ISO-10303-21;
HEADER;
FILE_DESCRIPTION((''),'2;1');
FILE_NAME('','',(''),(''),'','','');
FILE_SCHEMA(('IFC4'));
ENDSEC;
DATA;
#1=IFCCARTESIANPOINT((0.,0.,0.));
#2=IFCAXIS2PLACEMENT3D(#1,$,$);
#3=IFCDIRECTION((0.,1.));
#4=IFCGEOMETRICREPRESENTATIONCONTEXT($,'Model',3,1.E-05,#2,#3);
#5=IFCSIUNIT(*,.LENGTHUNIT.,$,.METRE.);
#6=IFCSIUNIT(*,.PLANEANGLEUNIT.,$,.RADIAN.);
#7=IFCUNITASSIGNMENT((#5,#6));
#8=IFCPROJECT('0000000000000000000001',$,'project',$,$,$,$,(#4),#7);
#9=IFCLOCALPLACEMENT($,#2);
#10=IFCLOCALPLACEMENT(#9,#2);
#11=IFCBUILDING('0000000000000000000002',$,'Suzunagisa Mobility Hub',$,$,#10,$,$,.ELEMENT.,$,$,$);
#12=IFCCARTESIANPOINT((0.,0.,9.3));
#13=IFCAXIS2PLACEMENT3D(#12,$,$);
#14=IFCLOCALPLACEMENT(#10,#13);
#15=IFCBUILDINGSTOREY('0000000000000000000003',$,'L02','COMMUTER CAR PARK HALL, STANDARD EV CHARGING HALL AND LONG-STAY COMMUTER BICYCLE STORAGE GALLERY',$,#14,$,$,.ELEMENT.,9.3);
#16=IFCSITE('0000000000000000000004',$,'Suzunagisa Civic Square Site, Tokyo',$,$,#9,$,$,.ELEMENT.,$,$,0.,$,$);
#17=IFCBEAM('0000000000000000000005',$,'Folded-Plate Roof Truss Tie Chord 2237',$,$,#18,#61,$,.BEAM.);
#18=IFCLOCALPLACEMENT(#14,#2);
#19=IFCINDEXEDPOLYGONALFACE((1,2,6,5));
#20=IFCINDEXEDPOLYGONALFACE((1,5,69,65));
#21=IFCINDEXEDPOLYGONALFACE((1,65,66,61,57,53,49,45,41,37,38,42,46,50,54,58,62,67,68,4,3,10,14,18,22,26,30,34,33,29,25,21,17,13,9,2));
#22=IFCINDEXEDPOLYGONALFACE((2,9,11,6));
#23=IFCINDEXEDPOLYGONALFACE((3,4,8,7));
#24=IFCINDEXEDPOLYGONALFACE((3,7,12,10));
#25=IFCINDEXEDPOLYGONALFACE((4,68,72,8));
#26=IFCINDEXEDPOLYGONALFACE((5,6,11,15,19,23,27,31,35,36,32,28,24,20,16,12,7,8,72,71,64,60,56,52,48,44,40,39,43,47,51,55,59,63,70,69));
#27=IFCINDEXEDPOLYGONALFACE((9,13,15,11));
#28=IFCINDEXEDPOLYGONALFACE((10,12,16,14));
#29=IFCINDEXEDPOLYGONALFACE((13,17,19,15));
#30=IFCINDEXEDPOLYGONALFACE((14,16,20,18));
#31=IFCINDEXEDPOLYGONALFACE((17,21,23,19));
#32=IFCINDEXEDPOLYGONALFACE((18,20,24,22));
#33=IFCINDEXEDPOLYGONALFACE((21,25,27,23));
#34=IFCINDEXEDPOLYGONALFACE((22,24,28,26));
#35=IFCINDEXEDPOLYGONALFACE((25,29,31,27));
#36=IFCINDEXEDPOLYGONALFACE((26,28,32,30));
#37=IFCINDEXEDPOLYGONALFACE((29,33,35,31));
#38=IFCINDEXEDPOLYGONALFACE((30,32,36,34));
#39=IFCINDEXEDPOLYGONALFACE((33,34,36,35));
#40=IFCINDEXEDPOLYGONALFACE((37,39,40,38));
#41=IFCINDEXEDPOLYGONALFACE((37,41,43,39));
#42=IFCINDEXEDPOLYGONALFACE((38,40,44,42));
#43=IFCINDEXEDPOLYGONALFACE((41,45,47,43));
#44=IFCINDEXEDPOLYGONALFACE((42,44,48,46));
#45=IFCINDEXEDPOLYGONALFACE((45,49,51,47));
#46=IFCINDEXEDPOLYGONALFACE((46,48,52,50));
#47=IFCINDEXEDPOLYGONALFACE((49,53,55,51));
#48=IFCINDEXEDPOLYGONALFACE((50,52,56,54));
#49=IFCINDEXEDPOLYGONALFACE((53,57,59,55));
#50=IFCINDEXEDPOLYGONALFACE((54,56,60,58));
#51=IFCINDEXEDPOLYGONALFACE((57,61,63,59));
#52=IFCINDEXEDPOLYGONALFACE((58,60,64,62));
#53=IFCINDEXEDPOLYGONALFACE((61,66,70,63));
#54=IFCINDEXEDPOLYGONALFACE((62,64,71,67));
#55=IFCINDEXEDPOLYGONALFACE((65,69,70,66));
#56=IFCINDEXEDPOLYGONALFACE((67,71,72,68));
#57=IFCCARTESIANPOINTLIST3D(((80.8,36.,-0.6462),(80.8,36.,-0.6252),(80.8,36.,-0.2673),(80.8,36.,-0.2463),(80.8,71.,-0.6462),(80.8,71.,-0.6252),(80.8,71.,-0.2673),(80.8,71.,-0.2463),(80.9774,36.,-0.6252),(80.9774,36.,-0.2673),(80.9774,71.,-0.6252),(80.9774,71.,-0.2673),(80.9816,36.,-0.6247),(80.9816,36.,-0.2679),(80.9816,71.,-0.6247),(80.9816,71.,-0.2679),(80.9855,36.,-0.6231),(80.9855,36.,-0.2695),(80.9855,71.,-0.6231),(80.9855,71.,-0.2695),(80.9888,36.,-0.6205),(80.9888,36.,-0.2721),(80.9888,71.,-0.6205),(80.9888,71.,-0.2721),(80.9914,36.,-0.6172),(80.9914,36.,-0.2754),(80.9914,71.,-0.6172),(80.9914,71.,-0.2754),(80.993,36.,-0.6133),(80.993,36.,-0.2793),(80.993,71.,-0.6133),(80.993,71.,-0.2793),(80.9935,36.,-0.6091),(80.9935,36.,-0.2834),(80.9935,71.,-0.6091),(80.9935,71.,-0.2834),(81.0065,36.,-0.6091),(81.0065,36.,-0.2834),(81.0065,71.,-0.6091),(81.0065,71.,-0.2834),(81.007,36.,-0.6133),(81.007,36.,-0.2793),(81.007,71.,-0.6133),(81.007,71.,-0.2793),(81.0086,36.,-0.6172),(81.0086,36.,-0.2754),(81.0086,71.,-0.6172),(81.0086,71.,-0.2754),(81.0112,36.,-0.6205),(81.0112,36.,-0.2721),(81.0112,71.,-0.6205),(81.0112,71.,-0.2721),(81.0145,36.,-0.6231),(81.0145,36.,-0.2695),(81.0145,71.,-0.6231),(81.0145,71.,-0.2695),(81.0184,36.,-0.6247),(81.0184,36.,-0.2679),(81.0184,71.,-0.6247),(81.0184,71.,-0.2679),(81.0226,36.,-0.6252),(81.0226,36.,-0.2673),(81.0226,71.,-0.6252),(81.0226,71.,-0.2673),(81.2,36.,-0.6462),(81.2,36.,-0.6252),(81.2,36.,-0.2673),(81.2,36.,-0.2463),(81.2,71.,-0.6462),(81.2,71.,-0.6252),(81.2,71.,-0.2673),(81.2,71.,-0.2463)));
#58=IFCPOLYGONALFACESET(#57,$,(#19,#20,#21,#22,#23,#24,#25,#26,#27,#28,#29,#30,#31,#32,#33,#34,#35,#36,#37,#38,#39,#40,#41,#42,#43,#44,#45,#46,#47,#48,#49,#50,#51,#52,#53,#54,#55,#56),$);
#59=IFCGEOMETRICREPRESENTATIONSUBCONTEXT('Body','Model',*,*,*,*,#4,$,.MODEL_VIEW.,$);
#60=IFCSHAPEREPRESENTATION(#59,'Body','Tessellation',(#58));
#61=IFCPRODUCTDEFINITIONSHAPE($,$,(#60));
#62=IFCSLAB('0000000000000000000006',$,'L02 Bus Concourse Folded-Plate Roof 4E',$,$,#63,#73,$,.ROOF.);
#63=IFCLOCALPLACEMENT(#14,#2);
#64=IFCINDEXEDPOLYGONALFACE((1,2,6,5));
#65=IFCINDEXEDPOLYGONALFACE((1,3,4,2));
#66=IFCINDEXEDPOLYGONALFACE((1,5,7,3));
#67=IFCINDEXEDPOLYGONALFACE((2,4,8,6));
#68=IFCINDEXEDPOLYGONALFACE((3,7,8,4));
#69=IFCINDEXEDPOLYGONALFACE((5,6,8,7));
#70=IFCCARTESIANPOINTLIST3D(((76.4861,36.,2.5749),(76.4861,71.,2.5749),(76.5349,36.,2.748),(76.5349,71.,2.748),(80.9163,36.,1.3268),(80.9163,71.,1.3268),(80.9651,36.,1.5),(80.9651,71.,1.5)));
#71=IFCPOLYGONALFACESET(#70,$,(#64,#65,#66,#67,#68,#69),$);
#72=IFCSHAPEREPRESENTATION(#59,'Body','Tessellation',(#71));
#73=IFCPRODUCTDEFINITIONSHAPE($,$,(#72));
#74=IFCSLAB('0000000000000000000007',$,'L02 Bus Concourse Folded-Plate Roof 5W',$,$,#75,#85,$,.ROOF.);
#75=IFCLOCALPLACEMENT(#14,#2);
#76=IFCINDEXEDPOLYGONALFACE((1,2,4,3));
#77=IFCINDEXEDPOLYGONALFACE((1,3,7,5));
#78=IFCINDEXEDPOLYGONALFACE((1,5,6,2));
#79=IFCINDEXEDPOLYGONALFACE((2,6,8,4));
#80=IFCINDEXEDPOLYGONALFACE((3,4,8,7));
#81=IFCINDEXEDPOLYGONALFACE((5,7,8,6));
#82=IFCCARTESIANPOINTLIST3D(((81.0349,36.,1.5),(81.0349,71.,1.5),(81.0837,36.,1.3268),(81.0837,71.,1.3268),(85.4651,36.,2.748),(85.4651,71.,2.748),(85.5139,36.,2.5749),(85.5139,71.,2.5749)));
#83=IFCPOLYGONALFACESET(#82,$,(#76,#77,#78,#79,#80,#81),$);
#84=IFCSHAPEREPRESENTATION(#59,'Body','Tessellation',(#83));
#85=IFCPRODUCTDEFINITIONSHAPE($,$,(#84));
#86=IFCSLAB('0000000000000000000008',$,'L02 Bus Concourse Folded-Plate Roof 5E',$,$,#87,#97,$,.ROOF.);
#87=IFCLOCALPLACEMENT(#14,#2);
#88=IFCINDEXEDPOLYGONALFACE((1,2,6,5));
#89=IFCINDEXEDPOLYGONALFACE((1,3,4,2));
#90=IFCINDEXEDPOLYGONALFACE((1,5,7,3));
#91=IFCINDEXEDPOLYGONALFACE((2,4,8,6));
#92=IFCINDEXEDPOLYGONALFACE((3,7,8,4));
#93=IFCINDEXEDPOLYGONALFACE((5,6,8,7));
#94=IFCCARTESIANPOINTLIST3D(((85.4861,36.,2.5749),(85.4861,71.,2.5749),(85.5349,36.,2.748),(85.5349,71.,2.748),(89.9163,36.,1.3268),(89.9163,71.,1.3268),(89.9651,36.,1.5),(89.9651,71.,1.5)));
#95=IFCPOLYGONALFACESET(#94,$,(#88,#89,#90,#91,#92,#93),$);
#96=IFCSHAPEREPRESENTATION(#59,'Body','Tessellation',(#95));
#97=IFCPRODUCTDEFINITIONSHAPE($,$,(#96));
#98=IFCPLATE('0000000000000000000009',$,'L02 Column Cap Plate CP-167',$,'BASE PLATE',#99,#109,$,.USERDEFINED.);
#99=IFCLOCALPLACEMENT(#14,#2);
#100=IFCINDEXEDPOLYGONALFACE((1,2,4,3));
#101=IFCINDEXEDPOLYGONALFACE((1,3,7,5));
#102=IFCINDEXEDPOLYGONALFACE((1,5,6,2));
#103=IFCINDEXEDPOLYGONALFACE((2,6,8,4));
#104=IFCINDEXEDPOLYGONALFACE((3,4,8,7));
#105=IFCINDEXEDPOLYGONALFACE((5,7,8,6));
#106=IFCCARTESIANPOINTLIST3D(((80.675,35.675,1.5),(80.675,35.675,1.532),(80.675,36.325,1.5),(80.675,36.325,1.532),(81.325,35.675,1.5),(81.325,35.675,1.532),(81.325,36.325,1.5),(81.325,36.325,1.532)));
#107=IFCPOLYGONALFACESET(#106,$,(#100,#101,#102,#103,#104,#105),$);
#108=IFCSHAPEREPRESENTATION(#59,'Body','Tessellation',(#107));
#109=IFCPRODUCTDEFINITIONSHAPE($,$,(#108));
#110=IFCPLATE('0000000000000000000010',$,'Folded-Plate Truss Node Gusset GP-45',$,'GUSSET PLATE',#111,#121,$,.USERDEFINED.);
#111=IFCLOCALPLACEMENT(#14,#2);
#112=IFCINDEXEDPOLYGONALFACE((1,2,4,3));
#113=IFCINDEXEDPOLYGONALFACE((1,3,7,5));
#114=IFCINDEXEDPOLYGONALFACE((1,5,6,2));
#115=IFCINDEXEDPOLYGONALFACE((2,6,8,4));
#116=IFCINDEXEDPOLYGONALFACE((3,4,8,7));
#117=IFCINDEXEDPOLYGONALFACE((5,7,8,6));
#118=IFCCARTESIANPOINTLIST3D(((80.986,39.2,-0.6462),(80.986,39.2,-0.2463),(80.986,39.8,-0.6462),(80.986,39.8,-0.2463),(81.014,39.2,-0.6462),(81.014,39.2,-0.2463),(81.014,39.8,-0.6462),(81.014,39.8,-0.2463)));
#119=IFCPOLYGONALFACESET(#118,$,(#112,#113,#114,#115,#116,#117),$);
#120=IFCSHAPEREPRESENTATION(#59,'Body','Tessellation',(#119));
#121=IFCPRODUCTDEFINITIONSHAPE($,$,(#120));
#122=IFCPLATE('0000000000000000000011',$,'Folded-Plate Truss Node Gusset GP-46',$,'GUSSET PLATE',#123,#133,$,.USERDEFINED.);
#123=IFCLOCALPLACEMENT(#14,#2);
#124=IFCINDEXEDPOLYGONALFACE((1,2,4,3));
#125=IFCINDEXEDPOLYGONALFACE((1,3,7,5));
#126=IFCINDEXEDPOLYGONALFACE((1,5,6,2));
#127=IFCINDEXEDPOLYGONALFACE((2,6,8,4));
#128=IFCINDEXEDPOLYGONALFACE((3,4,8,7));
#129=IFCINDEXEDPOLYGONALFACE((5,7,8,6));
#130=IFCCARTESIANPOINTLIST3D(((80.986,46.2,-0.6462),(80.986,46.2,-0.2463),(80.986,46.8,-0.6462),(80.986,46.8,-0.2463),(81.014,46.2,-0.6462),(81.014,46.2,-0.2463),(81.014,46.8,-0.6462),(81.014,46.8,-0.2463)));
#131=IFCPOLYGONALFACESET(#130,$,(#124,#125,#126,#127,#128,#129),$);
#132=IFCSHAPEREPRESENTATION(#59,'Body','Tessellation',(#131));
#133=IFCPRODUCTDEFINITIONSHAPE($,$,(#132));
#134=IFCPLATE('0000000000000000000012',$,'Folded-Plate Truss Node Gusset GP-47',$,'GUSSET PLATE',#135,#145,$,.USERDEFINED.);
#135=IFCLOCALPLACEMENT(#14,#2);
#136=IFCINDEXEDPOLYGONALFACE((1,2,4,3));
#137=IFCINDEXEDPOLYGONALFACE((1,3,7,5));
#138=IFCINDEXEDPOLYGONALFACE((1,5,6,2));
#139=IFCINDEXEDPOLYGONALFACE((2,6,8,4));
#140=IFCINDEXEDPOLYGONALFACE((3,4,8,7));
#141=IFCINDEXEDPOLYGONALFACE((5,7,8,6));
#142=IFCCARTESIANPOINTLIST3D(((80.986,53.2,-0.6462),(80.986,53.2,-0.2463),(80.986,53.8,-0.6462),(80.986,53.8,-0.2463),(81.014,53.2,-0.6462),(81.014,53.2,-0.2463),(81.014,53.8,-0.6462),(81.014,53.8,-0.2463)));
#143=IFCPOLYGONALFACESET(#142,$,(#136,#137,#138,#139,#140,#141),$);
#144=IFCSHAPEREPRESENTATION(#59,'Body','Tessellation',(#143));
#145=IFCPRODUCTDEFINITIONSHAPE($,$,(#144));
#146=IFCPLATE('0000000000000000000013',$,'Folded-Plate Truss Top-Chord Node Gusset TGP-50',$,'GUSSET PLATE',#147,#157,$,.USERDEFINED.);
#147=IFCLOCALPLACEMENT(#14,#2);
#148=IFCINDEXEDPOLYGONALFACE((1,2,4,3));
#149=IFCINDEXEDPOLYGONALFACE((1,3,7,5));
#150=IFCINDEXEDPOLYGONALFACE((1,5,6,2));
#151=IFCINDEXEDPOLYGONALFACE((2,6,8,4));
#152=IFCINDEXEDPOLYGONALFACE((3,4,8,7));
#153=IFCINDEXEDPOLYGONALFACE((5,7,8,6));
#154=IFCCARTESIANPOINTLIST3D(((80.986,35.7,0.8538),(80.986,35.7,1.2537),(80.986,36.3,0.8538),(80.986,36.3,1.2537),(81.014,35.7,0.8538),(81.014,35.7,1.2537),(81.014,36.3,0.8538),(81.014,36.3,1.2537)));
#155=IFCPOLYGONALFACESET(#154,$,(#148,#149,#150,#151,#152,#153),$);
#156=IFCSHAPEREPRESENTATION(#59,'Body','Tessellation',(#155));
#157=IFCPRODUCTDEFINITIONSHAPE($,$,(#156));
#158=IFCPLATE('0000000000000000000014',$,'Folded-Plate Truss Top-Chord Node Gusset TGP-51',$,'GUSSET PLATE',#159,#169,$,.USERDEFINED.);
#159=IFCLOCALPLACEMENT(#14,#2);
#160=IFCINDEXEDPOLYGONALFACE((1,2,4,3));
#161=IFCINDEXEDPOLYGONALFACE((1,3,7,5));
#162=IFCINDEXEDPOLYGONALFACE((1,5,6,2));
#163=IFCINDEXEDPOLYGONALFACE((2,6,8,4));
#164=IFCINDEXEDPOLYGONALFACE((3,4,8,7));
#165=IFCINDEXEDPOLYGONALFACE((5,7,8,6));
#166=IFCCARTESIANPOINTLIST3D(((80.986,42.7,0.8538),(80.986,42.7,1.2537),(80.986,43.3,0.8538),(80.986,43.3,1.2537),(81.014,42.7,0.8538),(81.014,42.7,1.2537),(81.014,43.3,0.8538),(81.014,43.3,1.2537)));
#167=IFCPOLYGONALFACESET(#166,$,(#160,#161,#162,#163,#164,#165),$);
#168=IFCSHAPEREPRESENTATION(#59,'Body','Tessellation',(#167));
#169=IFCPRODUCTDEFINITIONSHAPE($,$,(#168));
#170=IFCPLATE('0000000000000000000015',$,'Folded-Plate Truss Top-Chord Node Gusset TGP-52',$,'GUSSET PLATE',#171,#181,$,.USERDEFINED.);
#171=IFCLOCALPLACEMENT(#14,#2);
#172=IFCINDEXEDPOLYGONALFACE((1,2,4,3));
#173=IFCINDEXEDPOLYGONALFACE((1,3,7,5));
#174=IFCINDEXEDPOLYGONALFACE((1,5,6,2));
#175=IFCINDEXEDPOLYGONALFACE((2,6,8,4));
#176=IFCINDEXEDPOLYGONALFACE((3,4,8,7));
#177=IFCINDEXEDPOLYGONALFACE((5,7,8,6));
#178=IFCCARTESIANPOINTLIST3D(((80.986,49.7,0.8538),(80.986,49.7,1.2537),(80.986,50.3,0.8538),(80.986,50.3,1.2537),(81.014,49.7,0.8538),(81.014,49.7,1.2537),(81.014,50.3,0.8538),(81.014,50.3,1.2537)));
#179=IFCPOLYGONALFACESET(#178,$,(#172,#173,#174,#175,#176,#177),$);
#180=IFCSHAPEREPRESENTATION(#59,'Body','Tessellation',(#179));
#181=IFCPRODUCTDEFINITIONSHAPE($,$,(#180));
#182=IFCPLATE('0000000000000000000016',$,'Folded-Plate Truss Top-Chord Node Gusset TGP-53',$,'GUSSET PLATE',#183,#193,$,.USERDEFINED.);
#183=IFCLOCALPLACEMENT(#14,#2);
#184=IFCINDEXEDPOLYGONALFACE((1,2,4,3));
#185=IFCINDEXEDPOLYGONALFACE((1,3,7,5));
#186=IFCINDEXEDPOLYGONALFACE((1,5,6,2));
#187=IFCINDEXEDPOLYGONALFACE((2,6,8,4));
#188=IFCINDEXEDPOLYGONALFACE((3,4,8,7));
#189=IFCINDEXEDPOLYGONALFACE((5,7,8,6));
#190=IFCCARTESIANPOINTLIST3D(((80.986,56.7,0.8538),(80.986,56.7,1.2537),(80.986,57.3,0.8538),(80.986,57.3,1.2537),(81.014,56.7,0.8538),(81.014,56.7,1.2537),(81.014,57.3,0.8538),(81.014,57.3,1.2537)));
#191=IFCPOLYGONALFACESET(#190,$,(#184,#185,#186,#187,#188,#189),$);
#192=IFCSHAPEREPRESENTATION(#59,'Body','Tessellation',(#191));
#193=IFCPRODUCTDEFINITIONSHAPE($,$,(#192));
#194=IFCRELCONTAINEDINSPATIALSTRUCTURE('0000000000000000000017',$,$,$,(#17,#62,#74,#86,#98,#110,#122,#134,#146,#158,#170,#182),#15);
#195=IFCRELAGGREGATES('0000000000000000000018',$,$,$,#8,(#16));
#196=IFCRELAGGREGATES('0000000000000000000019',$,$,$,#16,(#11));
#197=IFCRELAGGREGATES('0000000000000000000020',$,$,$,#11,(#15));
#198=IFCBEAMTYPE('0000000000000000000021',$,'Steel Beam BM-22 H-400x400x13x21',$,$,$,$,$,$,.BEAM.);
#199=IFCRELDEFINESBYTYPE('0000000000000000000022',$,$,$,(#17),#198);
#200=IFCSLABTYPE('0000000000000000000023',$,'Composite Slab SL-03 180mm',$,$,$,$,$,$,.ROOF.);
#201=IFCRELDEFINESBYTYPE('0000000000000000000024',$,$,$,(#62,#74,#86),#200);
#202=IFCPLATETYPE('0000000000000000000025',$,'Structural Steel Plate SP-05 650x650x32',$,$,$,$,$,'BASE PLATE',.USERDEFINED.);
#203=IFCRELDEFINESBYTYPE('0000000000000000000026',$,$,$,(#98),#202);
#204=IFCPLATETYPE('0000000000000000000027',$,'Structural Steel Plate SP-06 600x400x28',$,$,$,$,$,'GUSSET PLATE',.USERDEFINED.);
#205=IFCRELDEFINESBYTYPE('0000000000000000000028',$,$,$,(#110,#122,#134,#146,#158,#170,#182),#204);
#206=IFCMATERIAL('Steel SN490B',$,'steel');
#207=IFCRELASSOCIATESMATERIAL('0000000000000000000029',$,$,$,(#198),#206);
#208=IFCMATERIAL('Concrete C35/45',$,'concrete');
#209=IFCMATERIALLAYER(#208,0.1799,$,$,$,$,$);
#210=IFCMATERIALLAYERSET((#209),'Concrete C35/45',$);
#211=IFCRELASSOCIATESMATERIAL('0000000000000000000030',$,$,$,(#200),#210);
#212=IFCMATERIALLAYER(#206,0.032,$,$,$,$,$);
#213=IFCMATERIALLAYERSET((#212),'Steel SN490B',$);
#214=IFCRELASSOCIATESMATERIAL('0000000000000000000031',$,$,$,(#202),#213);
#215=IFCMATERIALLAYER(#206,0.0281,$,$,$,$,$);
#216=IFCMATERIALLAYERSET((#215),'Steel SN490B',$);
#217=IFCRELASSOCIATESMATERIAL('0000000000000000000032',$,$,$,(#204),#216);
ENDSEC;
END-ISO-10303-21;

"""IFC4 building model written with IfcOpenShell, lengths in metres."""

from ifc_helpers import new_model, si_unit, direction, frame, origin, origin_2d, place, context, subcontext, project, spatial, polyline, rectangle, i_section, outline, extrude, material, layer, layer_set, material_profile, profile_set, type_object, element, save


model = new_model("IFC4")

# Units and contexts
model_context = context("Model", 3, precision=1e-05, world=origin(), true_north=direction((0.0, 1.0)))
body_context = subcontext(model_context, "Body", "Model", "MODEL_VIEW")
ifc_project = project(units=[si_unit("LENGTHUNIT", "METRE"), si_unit("PLANEANGLEUNIT", "RADIAN")], contexts=[model_context])

# Site, building, storey
site_placement = place(None, origin())
site = spatial("IfcSite", under=ifc_project, at=site_placement, Name="Suzunagisa Civic Square Site, Tokyo", CompositionType="ELEMENT", RefElevation=0.0)
building_placement = place(site_placement, origin())
building = spatial("IfcBuilding", under=site, at=building_placement, Name="Suzunagisa Mobility Hub", CompositionType="ELEMENT")
storey_placement = place(building_placement, frame((0.0, 0.0, 9.3)))
storey = spatial("IfcBuildingStorey", under=building, at=storey_placement, Name="L02", Description="COMMUTER CAR PARK HALL, STANDARD EV CHARGING HALL AND LONG-STAY COMMUTER BICYCLE STORAGE GALLERY", CompositionType="ELEMENT", Elevation=9.3)

# Shared definitions
ifc_material_1 = material(Name="Steel SN490B", Category="steel")

# Beam
ifc_material_profile_1 = material_profile(ifc_material_1, i_section(OverallWidth=0.3999, OverallDepth=0.3999, WebThickness=0.0129, FlangeThickness=0.021, FilletRadius=0.0161, at=origin_2d()), Name="H-400x400x13x21")
ifc_profile_set_1 = profile_set([ifc_material_profile_1], Name="Steel SN490B")
beam_type_1 = type_object("IfcBeamType", Name="Steel Beam BM-22 H-400x400x13x21", PredefinedType="BEAM", material=ifc_profile_set_1)
beam_1_placement = place(storey_placement, frame((81.0, 36.0, -0.4463), z_axis=(0.0, 1.0, 0.0), x_axis=(-1.0, 0.0, 0.0)))
element("IfcBeam", 1, at=beam_1_placement, inside=storey, type_object=beam_type_1, Name="Folded-Plate Roof Truss Tie Chord 2237", PredefinedType="BEAM", context=body_context, shape_type="SweptSolid", body=[
    extrude(i_section(OverallWidth=0.3999, OverallDepth=0.3999, WebThickness=0.0129, FlangeThickness=0.021, FilletRadius=0.0161, at=origin_2d()), origin(), (0.0, 0.0, 1.0), 35.0),
])

# Slabs
ifc_material_2 = material(Name="Concrete C35/45", Category="concrete")
ifc_layer_1 = layer(ifc_material_2, 0.1799)
ifc_layer_set_1 = layer_set([ifc_layer_1], Name="Concrete C35/45")
slab_type = type_object("IfcSlabType", Name="Composite Slab SL-03 180mm", PredefinedType="ROOF", material=ifc_layer_set_1)
for number, where, z_axis, x_axis, name in (
    (2, (76.5349, 36.0, 2.748), (0.27116, 0.0, 0.962534), (0.962534, 0.0, -0.27116), "L02 Bus Concourse Folded-Plate Roof 4E"),
    (3, (81.0349, 36.0, 1.5), (-0.27116, 0.0, 0.962534), (0.962534, 0.0, 0.27116), "L02 Bus Concourse Folded-Plate Roof 5W"),
    (4, (85.5349, 36.0, 2.748), (0.27116, 0.0, 0.962534), (0.962534, 0.0, -0.27116), "L02 Bus Concourse Folded-Plate Roof 5E"),
):
    element("IfcSlab", number, at=place(storey_placement, frame(where, z_axis=z_axis, x_axis=x_axis)), inside=storey, type_object=slab_type, Name=name, PredefinedType="ROOF", context=body_context, shape_type="SweptSolid", body=[
        extrude(outline(polyline([(0.0, 0.0), (4.6026, 0.0), (4.6026, 35.0), (0.0, 35.0), (0.0, 0.0)])), origin(), (0.0, 0.0, -1.0), 0.1799),
    ])

# Plates
ifc_layer_2 = layer(ifc_material_1, 0.032)
ifc_layer_set_2 = layer_set([ifc_layer_2], Name="Steel SN490B")
plate_type_1 = type_object("IfcPlateType", Name="Structural Steel Plate SP-05 650x650x32", ElementType="BASE PLATE", PredefinedType="USERDEFINED", material=ifc_layer_set_2)
plate_placement = place(storey_placement, frame((81.0, 36.0, 1.5), z_axis=(0.0, 0.0, 1.0), x_axis=(1.0, 0.0, 0.0)))
element("IfcPlate", 5, at=plate_placement, inside=storey, type_object=plate_type_1, Name="L02 Column Cap Plate CP-167", ObjectType="BASE PLATE", PredefinedType="USERDEFINED", context=body_context, shape_type="SweptSolid", body=[
    extrude(rectangle(XDim=0.6499, YDim=0.6499, at=origin_2d()), origin(), (0.0, 0.0, 1.0), 0.032),
])
ifc_layer_3 = layer(ifc_material_1, 0.0281)
ifc_layer_set_3 = layer_set([ifc_layer_3], Name="Steel SN490B")
plate_type_2 = type_object("IfcPlateType", Name="Structural Steel Plate SP-06 600x400x28", ElementType="GUSSET PLATE", PredefinedType="USERDEFINED", material=ifc_layer_set_3)
for number, where, z_axis, x_axis, name in (
    (6, (81.0, 39.5, -0.6462), (0.0, 0.0, 1.0), (1.0, 0.0, 0.0), "Folded-Plate Truss Node Gusset GP-45"),
    (7, (81.0, 46.5, -0.6462), (0.0, 0.0, 1.0), (1.0, 0.0, 0.0), "Folded-Plate Truss Node Gusset GP-46"),
    (8, (81.0, 53.5, -0.6462), (0.0, 0.0, 1.0), (1.0, 0.0, 0.0), "Folded-Plate Truss Node Gusset GP-47"),
    (9, (81.0, 36.0, 0.8538), (0.0, 0.0, 1.0), (1.0, 0.0, 0.0), "Folded-Plate Truss Top-Chord Node Gusset TGP-50"),
    (10, (81.0, 43.0, 0.8538), (0.0, 0.0, 1.0), (1.0, 0.0, 0.0), "Folded-Plate Truss Top-Chord Node Gusset TGP-51"),
    (11, (81.0, 50.0, 0.8538), (0.0, 0.0, 1.0), (1.0, 0.0, 0.0), "Folded-Plate Truss Top-Chord Node Gusset TGP-52"),
    (12, (81.0, 57.0, 0.8538), (0.0, 0.0, 1.0), (1.0, 0.0, 0.0), "Folded-Plate Truss Top-Chord Node Gusset TGP-53"),
):
    element("IfcPlate", number, at=place(storey_placement, frame(where, z_axis=z_axis, x_axis=x_axis)), inside=storey, type_object=plate_type_2, Name=name, ObjectType="GUSSET PLATE", PredefinedType="USERDEFINED", context=body_context, shape_type="SweptSolid", body=[
        extrude(rectangle(XDim=0.0281, YDim=0.6001, at=origin_2d()), origin(), (0.0, 0.0, 1.0), 0.3999),
    ])

save(model, "model.ifc")
